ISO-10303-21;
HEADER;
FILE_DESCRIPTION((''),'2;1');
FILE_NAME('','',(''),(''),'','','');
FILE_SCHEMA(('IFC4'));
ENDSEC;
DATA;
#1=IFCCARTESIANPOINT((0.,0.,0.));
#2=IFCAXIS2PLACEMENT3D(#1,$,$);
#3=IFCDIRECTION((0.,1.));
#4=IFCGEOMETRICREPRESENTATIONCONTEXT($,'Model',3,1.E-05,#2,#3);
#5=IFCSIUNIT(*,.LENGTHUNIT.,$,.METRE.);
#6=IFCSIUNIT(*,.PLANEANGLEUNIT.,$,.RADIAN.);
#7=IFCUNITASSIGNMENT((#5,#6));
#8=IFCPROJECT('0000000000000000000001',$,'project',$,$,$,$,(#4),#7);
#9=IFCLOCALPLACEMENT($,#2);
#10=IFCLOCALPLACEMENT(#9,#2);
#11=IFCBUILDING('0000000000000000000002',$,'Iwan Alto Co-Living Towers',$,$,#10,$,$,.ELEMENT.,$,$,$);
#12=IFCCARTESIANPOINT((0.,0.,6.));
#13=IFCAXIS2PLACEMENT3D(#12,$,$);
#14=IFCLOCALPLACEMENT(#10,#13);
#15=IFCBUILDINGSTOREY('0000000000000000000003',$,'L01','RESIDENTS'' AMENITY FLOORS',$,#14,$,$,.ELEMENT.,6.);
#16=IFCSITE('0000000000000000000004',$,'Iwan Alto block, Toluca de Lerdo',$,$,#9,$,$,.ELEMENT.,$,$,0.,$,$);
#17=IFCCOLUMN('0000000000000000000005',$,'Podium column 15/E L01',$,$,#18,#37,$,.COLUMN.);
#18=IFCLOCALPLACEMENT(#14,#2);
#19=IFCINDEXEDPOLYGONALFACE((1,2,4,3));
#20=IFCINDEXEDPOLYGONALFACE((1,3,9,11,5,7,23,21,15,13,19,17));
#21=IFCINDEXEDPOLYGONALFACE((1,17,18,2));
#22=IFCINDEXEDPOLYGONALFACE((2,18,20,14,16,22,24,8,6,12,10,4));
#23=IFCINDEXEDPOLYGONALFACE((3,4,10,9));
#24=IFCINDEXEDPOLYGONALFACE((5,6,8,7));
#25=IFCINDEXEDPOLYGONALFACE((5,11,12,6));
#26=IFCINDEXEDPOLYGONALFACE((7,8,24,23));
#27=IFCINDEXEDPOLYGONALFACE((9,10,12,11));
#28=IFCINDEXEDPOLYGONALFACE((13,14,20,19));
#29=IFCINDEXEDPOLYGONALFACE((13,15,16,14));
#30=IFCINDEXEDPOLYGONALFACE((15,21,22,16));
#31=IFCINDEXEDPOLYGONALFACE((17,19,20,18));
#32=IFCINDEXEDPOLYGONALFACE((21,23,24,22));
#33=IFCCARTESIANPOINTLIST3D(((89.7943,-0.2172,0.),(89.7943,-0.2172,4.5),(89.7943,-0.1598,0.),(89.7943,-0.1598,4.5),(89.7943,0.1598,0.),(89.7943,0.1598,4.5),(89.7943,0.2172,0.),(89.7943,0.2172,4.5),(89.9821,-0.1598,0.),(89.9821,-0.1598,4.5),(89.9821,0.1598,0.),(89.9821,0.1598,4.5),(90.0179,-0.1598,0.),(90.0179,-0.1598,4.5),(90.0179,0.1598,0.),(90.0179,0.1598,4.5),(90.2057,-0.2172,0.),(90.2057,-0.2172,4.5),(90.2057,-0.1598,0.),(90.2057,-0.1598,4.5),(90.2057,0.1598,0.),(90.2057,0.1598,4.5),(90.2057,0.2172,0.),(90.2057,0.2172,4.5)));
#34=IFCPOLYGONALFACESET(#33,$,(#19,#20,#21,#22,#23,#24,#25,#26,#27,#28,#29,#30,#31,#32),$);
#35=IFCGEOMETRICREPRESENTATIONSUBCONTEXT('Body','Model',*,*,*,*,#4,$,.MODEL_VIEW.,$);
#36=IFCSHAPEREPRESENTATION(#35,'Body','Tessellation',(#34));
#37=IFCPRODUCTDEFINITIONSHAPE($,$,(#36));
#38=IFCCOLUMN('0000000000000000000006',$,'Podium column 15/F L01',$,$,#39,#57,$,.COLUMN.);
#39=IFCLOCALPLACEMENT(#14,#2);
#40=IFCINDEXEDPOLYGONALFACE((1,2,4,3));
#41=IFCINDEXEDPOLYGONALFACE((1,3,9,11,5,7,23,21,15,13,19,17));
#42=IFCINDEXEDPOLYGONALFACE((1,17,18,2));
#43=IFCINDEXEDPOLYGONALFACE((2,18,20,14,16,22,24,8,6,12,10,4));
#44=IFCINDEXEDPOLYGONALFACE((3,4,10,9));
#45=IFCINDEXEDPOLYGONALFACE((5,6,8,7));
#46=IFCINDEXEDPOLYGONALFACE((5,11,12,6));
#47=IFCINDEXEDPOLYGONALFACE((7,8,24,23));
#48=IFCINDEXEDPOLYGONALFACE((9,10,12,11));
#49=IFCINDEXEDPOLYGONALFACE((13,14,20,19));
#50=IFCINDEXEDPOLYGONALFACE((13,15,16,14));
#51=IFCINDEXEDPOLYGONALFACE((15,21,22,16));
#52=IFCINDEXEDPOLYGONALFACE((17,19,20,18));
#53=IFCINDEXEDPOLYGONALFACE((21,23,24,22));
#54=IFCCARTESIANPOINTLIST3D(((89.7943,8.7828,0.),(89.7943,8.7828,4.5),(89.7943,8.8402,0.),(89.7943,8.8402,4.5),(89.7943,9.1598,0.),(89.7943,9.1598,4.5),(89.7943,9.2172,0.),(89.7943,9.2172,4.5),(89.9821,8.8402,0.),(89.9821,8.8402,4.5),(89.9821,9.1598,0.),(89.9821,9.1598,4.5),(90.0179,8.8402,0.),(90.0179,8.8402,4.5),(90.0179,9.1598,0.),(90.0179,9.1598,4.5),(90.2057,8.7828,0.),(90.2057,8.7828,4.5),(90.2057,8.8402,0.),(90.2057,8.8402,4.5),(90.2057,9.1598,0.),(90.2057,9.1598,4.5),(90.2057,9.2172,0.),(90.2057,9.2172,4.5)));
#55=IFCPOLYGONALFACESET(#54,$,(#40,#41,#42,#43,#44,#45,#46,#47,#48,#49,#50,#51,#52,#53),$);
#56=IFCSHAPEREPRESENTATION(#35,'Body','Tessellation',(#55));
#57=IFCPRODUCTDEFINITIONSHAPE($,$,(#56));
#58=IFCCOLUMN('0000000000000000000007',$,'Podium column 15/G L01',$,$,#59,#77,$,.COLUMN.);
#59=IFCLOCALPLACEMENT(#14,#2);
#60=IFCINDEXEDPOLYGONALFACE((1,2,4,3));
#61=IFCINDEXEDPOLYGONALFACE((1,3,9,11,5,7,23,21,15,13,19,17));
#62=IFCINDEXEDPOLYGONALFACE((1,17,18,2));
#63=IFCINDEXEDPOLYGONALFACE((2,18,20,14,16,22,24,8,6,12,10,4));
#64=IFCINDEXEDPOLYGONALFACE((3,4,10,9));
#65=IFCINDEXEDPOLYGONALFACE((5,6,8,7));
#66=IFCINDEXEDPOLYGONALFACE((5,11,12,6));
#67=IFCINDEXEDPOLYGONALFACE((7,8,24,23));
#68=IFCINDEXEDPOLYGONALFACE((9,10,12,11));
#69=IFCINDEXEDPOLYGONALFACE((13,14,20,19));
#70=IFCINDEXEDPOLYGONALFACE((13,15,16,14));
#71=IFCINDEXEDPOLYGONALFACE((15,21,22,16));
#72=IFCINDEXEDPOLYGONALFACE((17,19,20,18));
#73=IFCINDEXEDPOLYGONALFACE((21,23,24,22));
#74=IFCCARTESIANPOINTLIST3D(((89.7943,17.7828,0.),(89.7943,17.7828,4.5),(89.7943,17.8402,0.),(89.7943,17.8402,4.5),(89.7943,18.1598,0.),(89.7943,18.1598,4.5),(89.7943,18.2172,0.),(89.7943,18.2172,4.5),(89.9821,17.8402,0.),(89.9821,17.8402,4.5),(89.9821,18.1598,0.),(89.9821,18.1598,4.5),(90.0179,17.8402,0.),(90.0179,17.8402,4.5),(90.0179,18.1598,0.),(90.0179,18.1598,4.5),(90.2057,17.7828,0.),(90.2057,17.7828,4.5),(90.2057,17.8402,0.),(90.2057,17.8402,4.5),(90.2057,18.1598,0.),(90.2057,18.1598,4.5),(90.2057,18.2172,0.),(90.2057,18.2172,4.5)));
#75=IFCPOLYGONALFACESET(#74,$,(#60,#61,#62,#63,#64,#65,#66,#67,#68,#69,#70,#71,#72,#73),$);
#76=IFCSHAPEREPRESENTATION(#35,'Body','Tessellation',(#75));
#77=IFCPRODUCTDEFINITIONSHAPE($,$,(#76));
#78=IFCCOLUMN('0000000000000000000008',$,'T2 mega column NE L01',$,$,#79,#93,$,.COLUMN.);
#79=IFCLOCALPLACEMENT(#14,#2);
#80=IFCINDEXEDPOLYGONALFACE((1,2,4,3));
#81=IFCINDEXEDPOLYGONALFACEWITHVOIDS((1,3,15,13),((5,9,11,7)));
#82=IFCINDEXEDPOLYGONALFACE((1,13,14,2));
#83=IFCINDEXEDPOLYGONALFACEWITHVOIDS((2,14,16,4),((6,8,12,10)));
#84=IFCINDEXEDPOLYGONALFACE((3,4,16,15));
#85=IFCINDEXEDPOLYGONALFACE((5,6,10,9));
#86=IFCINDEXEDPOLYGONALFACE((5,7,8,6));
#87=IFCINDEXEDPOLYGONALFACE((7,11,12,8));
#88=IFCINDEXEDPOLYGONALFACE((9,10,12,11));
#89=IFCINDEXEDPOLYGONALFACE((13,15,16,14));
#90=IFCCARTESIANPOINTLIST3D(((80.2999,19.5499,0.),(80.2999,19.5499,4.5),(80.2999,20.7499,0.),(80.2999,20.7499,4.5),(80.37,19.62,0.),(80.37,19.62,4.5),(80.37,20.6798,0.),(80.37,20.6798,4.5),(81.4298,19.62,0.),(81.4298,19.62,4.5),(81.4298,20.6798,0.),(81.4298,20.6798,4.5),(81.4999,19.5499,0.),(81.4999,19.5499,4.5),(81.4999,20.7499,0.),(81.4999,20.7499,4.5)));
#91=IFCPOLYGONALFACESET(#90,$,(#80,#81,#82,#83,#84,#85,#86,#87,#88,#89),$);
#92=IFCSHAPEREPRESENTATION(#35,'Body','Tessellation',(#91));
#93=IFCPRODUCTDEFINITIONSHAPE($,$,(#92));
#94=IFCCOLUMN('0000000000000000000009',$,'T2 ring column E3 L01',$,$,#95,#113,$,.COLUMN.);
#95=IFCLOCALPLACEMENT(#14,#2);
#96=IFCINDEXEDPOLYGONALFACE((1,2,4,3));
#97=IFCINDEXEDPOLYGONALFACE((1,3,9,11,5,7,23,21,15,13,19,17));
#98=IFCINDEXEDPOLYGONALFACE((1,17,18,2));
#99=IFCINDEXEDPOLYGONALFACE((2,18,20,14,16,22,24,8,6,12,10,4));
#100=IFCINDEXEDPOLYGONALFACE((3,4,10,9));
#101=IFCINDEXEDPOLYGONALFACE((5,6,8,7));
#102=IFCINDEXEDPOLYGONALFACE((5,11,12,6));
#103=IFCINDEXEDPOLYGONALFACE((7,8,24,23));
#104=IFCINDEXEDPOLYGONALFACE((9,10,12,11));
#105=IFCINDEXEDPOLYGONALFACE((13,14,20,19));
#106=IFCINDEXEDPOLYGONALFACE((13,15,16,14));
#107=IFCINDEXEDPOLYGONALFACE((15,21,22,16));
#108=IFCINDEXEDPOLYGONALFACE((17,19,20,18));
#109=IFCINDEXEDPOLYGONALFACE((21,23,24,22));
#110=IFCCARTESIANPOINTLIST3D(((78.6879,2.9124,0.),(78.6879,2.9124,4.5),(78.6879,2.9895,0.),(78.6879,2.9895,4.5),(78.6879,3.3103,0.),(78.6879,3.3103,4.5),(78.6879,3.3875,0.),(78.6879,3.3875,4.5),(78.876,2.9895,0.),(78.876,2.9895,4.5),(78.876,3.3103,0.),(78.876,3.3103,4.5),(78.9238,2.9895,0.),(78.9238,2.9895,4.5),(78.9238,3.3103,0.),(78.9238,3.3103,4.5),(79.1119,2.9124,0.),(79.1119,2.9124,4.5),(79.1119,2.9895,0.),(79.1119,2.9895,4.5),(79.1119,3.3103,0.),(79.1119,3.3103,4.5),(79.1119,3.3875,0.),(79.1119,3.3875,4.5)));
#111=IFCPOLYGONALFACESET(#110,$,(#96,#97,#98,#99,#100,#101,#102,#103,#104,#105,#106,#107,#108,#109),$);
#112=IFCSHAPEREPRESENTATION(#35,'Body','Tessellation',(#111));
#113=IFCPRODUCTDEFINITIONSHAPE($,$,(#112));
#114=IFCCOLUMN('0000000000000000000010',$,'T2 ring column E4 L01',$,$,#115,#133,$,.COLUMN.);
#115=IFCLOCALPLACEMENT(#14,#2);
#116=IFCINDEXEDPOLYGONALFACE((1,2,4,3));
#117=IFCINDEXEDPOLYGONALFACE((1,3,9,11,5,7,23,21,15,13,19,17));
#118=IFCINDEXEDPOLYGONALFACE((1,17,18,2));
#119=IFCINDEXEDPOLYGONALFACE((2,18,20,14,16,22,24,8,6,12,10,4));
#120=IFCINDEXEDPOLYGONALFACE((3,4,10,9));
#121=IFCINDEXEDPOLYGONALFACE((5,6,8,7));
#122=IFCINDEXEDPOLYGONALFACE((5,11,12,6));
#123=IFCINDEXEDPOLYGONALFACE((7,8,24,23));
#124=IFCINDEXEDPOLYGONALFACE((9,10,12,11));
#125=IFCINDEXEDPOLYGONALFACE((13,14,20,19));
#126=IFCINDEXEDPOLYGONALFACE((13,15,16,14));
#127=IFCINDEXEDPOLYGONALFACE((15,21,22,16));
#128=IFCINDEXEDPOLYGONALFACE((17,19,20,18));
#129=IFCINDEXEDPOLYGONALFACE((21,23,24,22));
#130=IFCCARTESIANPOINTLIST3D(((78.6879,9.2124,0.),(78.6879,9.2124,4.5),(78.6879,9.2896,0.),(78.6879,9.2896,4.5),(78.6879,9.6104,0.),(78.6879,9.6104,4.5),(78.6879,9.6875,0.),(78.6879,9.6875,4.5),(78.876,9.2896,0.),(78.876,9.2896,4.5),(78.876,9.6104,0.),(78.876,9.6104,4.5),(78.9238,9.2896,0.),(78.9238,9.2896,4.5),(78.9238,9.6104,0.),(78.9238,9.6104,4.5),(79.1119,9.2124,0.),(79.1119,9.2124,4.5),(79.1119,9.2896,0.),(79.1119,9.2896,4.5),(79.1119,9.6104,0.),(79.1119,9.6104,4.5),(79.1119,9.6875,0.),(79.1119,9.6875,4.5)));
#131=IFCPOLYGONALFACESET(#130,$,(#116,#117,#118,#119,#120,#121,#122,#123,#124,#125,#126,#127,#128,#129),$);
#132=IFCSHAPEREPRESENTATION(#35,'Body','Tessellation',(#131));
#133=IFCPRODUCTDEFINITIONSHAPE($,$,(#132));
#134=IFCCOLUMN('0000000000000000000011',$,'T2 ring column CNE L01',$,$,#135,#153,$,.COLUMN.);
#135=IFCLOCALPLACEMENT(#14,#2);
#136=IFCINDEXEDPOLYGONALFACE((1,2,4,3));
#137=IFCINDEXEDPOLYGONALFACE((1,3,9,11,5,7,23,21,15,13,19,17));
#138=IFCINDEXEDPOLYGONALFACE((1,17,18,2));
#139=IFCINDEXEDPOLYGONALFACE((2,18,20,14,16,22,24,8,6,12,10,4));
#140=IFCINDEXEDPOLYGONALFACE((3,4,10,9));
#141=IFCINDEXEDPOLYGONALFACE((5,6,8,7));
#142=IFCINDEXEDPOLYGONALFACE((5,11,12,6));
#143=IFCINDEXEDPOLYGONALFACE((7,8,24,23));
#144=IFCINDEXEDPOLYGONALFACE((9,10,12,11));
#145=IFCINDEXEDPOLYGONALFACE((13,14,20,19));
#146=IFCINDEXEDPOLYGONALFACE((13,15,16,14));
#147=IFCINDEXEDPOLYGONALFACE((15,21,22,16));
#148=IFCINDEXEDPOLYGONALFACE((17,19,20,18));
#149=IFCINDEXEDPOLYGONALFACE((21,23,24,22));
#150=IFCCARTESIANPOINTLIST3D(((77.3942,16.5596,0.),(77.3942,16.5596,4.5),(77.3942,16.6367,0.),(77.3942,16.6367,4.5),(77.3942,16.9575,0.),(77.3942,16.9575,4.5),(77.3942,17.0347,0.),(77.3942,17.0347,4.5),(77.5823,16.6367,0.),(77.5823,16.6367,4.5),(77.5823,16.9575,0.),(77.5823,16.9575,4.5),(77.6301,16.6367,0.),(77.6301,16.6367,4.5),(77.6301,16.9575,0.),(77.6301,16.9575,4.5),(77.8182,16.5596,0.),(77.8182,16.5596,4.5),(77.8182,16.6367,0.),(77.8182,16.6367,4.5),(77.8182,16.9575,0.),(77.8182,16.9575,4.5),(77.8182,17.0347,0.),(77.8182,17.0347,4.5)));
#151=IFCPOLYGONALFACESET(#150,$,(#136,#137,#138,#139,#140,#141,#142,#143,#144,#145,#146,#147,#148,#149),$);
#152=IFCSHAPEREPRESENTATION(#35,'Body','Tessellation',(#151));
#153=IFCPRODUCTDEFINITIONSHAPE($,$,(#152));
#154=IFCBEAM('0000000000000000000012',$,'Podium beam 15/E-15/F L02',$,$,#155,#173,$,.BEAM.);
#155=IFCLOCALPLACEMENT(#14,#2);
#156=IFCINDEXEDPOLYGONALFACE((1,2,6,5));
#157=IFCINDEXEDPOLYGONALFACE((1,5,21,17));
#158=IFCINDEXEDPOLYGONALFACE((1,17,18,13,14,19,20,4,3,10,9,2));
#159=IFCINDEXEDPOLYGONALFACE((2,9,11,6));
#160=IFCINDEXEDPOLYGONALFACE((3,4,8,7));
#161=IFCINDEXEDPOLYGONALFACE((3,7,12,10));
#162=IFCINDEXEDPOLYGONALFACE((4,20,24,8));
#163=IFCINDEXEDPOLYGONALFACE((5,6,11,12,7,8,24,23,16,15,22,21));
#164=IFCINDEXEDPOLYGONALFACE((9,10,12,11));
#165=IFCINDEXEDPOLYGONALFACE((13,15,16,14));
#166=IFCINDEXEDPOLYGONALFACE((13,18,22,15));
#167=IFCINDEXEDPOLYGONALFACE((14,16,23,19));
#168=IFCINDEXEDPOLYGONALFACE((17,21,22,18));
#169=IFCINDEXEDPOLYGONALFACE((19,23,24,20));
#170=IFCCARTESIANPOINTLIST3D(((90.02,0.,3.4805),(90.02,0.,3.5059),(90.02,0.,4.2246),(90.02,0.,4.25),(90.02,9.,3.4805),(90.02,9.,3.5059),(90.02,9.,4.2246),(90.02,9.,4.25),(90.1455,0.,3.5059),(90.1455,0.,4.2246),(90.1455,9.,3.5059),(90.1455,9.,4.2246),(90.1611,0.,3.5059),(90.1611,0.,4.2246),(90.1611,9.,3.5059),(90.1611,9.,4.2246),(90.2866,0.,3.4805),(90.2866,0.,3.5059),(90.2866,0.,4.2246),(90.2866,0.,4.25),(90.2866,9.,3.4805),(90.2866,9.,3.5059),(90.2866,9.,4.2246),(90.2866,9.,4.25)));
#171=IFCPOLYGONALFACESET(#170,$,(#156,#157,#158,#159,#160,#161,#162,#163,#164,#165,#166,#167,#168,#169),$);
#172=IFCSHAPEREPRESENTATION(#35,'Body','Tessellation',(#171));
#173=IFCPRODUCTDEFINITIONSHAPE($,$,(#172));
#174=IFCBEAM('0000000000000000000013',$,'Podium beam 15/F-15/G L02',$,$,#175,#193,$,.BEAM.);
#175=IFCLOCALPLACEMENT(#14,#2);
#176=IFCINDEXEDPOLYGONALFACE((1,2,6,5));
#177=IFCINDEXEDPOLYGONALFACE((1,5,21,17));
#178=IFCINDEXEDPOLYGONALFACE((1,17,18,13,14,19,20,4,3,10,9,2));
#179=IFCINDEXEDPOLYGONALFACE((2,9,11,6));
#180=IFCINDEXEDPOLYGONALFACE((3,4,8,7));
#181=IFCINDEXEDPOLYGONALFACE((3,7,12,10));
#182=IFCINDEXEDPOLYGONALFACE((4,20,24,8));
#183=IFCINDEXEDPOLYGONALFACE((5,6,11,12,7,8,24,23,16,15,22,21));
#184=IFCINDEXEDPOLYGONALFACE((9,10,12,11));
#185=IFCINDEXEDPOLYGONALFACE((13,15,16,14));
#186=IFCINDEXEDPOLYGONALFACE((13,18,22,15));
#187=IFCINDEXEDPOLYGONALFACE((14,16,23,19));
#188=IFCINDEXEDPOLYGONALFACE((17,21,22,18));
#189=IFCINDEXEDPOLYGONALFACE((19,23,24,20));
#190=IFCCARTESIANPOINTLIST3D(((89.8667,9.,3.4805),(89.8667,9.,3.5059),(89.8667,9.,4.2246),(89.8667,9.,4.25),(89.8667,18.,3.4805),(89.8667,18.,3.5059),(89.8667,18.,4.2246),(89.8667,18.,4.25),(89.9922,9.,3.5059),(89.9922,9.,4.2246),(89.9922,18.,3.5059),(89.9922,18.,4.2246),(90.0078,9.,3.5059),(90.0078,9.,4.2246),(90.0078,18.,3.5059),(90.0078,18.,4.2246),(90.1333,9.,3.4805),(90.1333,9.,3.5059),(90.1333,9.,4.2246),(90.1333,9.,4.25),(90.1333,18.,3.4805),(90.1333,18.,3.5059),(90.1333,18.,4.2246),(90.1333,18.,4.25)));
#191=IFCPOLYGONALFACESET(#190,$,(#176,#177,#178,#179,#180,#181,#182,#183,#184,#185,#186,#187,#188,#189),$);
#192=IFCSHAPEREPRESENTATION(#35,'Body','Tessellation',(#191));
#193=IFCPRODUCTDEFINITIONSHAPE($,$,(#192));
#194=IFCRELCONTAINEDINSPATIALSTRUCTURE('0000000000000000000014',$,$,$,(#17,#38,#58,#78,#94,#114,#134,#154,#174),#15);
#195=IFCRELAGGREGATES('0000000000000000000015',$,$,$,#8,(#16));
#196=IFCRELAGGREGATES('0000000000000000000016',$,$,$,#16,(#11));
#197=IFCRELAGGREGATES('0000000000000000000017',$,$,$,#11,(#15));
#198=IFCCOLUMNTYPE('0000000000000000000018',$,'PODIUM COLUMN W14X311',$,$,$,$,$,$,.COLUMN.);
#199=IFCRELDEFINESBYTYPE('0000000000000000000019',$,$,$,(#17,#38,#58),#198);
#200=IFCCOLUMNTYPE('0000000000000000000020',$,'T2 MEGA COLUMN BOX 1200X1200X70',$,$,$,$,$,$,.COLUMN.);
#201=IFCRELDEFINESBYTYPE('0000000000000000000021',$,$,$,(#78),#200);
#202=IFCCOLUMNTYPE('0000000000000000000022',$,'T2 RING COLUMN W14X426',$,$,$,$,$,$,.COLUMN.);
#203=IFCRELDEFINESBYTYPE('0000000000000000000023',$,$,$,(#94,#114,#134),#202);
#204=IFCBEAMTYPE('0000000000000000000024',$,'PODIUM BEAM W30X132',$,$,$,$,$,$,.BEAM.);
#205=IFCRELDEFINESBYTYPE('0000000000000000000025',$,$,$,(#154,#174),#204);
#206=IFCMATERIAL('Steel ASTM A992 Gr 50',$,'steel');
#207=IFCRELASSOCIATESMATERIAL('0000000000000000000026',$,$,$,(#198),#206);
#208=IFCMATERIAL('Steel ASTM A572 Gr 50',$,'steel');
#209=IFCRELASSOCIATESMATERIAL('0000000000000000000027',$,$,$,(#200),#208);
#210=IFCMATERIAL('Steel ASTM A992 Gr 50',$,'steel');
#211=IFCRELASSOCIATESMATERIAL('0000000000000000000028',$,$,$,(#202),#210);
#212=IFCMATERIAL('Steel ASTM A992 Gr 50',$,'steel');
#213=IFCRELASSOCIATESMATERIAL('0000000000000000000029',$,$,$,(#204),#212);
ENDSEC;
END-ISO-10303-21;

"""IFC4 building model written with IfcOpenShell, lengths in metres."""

from ifc_helpers import new_model, si_unit, direction, frame, origin, origin_2d, place, context, subcontext, project, spatial, hollow_rectangle, i_section, extrude, material, material_profile, profile_set, type_object, element, save


model = new_model("IFC4")

# Units and contexts
model_context = context("Model", 3, precision=1e-05, world=origin(), true_north=direction((0.0, 1.0)))
body_context = subcontext(model_context, "Body", "Model", "MODEL_VIEW")
ifc_project = project(units=[si_unit("LENGTHUNIT", "METRE"), si_unit("PLANEANGLEUNIT", "RADIAN")], contexts=[model_context])

# Site, building, storey
site_placement = place(None, origin())
site = spatial("IfcSite", under=ifc_project, at=site_placement, Name="Iwan Alto block, Toluca de Lerdo", CompositionType="ELEMENT", RefElevation=0.0)
building_placement = place(site_placement, origin())
building = spatial("IfcBuilding", under=site, at=building_placement, Name="Iwan Alto Co-Living Towers", CompositionType="ELEMENT")
storey_placement = place(building_placement, frame((0.0, 0.0, 6.0)))
storey = spatial("IfcBuildingStorey", under=building, at=storey_placement, Name="L01", Description="RESIDENTS' AMENITY FLOORS", CompositionType="ELEMENT", Elevation=6.0)

# Columns
ifc_material_1 = material(Name="Steel ASTM A992 Gr 50", Category="steel")
ifc_material_profile_1 = material_profile(ifc_material_1, i_section(OverallWidth=0.4114, OverallDepth=0.4343, WebThickness=0.0359, FlangeThickness=0.0574, at=origin_2d()), Name="W14X311")
ifc_profile_set_1 = profile_set([ifc_material_profile_1], Name="Steel ASTM A992 Gr 50")
column_type_1 = type_object("IfcColumnType", Name="PODIUM COLUMN W14X311", PredefinedType="COLUMN", material=ifc_profile_set_1)
for number, where, z_axis, x_axis, name in (
    (1, (90.0, 0.0, 0.0), (0.0, 0.0, 1.0), (1.0, 0.0, 0.0), "Podium column 15/E L01"),
    (2, (90.0, 9.0, 0.0), (0.0, 0.0, 1.0), (1.0, 0.0, 0.0), "Podium column 15/F L01"),
    (3, (90.0, 18.0, 0.0), (0.0, 0.0, 1.0), (1.0, 0.0, 0.0), "Podium column 15/G L01"),
):
    element("IfcColumn", number, at=place(storey_placement, frame(where, z_axis=z_axis, x_axis=x_axis)), inside=storey, type_object=column_type_1, Name=name, PredefinedType="COLUMN", context=body_context, shape_type="SweptSolid", body=[
        extrude(i_section(OverallWidth=0.4114, OverallDepth=0.4343, WebThickness=0.0359, FlangeThickness=0.0574, at=origin_2d()), origin(), (0.0, 0.0, 1.0), 4.5),
    ])
ifc_material_2 = material(Name="Steel ASTM A572 Gr 50", Category="steel")
ifc_material_profile_2 = material_profile(ifc_material_2, hollow_rectangle(XDim=1.2, YDim=1.2, WallThickness=0.0701, at=origin_2d()), Name="BOX 1200X1200X70")
ifc_profile_set_2 = profile_set([ifc_material_profile_2], Name="Steel ASTM A572 Gr 50")
column_type_2 = type_object("IfcColumnType", Name="T2 MEGA COLUMN BOX 1200X1200X70", PredefinedType="COLUMN", material=ifc_profile_set_2)
column_placement = place(storey_placement, frame((80.8999, 20.1499, 0.0), z_axis=(0.0, 0.0, 1.0), x_axis=(1.0, 0.0, 0.0)))
element("IfcColumn", 4, at=column_placement, inside=storey, type_object=column_type_2, Name="T2 mega column NE L01", PredefinedType="COLUMN", context=body_context, shape_type="SweptSolid", body=[
    extrude(hollow_rectangle(XDim=1.2, YDim=1.2, WallThickness=0.0701, at=origin_2d()), origin(), (0.0, 0.0, 1.0), 4.5),
])
ifc_material_3 = material(Name="Steel ASTM A992 Gr 50", Category="steel")
ifc_material_profile_3 = material_profile(ifc_material_3, i_section(OverallWidth=0.4241, OverallDepth=0.4751, WebThickness=0.0479, FlangeThickness=0.0771, at=origin_2d()), Name="W14X426")
ifc_profile_set_3 = profile_set([ifc_material_profile_3], Name="Steel ASTM A992 Gr 50")
column_type_3 = type_object("IfcColumnType", Name="T2 RING COLUMN W14X426", PredefinedType="COLUMN", material=ifc_profile_set_3)
for number, where, z_axis, x_axis, name in (
    (5, (78.8999, 3.1499, 0.0), (0.0, 0.0, 1.0), (1.0, 0.0, 0.0), "T2 ring column E3 L01"),
    (6, (78.8999, 9.45, 0.0), (0.0, 0.0, 1.0), (1.0, 0.0, 0.0), "T2 ring column E4 L01"),
    (7, (77.6062, 16.7971, 0.0), (0.0, 0.0, 1.0), (1.0, 0.0, 0.0), "T2 ring column CNE L01"),
):
    element("IfcColumn", number, at=place(storey_placement, frame(where, z_axis=z_axis, x_axis=x_axis)), inside=storey, type_object=column_type_3, Name=name, PredefinedType="COLUMN", context=body_context, shape_type="SweptSolid", body=[
        extrude(i_section(OverallWidth=0.4241, OverallDepth=0.4751, WebThickness=0.0479, FlangeThickness=0.0771, at=origin_2d()), origin(), (0.0, 0.0, 1.0), 4.5),
    ])

# Beams
ifc_material_4 = material(Name="Steel ASTM A992 Gr 50", Category="steel")
ifc_material_profile_4 = material_profile(ifc_material_4, i_section(OverallWidth=0.2666, OverallDepth=0.7695, WebThickness=0.0156, FlangeThickness=0.0254, at=origin_2d()), Name="W30X132")
ifc_profile_set_4 = profile_set([ifc_material_profile_4], Name="Steel ASTM A992 Gr 50")
beam_type_1 = type_object("IfcBeamType", Name="PODIUM BEAM W30X132", PredefinedType="BEAM", material=ifc_profile_set_4)
for number, where, z_axis, x_axis, name in (
    (8, (90.1533, 0.0, 3.8652), (0.0, 1.0, 0.0), (-1.0, 0.0, 0.0), "Podium beam 15/E-15/F L02"),
    (9, (90.0, 9.0, 3.8652), (0.0, 1.0, 0.0), (-1.0, 0.0, 0.0), "Podium beam 15/F-15/G L02"),
):
    element("IfcBeam", number, at=place(storey_placement, frame(where, z_axis=z_axis, x_axis=x_axis)), inside=storey, type_object=beam_type_1, Name=name, PredefinedType="BEAM", context=body_context, shape_type="SweptSolid", body=[
        extrude(i_section(OverallWidth=0.2666, OverallDepth=0.7695, WebThickness=0.0156, FlangeThickness=0.0254, at=origin_2d()), origin(), (0.0, 0.0, 1.0), 9.0),
    ])

save(model, "model.ifc")
